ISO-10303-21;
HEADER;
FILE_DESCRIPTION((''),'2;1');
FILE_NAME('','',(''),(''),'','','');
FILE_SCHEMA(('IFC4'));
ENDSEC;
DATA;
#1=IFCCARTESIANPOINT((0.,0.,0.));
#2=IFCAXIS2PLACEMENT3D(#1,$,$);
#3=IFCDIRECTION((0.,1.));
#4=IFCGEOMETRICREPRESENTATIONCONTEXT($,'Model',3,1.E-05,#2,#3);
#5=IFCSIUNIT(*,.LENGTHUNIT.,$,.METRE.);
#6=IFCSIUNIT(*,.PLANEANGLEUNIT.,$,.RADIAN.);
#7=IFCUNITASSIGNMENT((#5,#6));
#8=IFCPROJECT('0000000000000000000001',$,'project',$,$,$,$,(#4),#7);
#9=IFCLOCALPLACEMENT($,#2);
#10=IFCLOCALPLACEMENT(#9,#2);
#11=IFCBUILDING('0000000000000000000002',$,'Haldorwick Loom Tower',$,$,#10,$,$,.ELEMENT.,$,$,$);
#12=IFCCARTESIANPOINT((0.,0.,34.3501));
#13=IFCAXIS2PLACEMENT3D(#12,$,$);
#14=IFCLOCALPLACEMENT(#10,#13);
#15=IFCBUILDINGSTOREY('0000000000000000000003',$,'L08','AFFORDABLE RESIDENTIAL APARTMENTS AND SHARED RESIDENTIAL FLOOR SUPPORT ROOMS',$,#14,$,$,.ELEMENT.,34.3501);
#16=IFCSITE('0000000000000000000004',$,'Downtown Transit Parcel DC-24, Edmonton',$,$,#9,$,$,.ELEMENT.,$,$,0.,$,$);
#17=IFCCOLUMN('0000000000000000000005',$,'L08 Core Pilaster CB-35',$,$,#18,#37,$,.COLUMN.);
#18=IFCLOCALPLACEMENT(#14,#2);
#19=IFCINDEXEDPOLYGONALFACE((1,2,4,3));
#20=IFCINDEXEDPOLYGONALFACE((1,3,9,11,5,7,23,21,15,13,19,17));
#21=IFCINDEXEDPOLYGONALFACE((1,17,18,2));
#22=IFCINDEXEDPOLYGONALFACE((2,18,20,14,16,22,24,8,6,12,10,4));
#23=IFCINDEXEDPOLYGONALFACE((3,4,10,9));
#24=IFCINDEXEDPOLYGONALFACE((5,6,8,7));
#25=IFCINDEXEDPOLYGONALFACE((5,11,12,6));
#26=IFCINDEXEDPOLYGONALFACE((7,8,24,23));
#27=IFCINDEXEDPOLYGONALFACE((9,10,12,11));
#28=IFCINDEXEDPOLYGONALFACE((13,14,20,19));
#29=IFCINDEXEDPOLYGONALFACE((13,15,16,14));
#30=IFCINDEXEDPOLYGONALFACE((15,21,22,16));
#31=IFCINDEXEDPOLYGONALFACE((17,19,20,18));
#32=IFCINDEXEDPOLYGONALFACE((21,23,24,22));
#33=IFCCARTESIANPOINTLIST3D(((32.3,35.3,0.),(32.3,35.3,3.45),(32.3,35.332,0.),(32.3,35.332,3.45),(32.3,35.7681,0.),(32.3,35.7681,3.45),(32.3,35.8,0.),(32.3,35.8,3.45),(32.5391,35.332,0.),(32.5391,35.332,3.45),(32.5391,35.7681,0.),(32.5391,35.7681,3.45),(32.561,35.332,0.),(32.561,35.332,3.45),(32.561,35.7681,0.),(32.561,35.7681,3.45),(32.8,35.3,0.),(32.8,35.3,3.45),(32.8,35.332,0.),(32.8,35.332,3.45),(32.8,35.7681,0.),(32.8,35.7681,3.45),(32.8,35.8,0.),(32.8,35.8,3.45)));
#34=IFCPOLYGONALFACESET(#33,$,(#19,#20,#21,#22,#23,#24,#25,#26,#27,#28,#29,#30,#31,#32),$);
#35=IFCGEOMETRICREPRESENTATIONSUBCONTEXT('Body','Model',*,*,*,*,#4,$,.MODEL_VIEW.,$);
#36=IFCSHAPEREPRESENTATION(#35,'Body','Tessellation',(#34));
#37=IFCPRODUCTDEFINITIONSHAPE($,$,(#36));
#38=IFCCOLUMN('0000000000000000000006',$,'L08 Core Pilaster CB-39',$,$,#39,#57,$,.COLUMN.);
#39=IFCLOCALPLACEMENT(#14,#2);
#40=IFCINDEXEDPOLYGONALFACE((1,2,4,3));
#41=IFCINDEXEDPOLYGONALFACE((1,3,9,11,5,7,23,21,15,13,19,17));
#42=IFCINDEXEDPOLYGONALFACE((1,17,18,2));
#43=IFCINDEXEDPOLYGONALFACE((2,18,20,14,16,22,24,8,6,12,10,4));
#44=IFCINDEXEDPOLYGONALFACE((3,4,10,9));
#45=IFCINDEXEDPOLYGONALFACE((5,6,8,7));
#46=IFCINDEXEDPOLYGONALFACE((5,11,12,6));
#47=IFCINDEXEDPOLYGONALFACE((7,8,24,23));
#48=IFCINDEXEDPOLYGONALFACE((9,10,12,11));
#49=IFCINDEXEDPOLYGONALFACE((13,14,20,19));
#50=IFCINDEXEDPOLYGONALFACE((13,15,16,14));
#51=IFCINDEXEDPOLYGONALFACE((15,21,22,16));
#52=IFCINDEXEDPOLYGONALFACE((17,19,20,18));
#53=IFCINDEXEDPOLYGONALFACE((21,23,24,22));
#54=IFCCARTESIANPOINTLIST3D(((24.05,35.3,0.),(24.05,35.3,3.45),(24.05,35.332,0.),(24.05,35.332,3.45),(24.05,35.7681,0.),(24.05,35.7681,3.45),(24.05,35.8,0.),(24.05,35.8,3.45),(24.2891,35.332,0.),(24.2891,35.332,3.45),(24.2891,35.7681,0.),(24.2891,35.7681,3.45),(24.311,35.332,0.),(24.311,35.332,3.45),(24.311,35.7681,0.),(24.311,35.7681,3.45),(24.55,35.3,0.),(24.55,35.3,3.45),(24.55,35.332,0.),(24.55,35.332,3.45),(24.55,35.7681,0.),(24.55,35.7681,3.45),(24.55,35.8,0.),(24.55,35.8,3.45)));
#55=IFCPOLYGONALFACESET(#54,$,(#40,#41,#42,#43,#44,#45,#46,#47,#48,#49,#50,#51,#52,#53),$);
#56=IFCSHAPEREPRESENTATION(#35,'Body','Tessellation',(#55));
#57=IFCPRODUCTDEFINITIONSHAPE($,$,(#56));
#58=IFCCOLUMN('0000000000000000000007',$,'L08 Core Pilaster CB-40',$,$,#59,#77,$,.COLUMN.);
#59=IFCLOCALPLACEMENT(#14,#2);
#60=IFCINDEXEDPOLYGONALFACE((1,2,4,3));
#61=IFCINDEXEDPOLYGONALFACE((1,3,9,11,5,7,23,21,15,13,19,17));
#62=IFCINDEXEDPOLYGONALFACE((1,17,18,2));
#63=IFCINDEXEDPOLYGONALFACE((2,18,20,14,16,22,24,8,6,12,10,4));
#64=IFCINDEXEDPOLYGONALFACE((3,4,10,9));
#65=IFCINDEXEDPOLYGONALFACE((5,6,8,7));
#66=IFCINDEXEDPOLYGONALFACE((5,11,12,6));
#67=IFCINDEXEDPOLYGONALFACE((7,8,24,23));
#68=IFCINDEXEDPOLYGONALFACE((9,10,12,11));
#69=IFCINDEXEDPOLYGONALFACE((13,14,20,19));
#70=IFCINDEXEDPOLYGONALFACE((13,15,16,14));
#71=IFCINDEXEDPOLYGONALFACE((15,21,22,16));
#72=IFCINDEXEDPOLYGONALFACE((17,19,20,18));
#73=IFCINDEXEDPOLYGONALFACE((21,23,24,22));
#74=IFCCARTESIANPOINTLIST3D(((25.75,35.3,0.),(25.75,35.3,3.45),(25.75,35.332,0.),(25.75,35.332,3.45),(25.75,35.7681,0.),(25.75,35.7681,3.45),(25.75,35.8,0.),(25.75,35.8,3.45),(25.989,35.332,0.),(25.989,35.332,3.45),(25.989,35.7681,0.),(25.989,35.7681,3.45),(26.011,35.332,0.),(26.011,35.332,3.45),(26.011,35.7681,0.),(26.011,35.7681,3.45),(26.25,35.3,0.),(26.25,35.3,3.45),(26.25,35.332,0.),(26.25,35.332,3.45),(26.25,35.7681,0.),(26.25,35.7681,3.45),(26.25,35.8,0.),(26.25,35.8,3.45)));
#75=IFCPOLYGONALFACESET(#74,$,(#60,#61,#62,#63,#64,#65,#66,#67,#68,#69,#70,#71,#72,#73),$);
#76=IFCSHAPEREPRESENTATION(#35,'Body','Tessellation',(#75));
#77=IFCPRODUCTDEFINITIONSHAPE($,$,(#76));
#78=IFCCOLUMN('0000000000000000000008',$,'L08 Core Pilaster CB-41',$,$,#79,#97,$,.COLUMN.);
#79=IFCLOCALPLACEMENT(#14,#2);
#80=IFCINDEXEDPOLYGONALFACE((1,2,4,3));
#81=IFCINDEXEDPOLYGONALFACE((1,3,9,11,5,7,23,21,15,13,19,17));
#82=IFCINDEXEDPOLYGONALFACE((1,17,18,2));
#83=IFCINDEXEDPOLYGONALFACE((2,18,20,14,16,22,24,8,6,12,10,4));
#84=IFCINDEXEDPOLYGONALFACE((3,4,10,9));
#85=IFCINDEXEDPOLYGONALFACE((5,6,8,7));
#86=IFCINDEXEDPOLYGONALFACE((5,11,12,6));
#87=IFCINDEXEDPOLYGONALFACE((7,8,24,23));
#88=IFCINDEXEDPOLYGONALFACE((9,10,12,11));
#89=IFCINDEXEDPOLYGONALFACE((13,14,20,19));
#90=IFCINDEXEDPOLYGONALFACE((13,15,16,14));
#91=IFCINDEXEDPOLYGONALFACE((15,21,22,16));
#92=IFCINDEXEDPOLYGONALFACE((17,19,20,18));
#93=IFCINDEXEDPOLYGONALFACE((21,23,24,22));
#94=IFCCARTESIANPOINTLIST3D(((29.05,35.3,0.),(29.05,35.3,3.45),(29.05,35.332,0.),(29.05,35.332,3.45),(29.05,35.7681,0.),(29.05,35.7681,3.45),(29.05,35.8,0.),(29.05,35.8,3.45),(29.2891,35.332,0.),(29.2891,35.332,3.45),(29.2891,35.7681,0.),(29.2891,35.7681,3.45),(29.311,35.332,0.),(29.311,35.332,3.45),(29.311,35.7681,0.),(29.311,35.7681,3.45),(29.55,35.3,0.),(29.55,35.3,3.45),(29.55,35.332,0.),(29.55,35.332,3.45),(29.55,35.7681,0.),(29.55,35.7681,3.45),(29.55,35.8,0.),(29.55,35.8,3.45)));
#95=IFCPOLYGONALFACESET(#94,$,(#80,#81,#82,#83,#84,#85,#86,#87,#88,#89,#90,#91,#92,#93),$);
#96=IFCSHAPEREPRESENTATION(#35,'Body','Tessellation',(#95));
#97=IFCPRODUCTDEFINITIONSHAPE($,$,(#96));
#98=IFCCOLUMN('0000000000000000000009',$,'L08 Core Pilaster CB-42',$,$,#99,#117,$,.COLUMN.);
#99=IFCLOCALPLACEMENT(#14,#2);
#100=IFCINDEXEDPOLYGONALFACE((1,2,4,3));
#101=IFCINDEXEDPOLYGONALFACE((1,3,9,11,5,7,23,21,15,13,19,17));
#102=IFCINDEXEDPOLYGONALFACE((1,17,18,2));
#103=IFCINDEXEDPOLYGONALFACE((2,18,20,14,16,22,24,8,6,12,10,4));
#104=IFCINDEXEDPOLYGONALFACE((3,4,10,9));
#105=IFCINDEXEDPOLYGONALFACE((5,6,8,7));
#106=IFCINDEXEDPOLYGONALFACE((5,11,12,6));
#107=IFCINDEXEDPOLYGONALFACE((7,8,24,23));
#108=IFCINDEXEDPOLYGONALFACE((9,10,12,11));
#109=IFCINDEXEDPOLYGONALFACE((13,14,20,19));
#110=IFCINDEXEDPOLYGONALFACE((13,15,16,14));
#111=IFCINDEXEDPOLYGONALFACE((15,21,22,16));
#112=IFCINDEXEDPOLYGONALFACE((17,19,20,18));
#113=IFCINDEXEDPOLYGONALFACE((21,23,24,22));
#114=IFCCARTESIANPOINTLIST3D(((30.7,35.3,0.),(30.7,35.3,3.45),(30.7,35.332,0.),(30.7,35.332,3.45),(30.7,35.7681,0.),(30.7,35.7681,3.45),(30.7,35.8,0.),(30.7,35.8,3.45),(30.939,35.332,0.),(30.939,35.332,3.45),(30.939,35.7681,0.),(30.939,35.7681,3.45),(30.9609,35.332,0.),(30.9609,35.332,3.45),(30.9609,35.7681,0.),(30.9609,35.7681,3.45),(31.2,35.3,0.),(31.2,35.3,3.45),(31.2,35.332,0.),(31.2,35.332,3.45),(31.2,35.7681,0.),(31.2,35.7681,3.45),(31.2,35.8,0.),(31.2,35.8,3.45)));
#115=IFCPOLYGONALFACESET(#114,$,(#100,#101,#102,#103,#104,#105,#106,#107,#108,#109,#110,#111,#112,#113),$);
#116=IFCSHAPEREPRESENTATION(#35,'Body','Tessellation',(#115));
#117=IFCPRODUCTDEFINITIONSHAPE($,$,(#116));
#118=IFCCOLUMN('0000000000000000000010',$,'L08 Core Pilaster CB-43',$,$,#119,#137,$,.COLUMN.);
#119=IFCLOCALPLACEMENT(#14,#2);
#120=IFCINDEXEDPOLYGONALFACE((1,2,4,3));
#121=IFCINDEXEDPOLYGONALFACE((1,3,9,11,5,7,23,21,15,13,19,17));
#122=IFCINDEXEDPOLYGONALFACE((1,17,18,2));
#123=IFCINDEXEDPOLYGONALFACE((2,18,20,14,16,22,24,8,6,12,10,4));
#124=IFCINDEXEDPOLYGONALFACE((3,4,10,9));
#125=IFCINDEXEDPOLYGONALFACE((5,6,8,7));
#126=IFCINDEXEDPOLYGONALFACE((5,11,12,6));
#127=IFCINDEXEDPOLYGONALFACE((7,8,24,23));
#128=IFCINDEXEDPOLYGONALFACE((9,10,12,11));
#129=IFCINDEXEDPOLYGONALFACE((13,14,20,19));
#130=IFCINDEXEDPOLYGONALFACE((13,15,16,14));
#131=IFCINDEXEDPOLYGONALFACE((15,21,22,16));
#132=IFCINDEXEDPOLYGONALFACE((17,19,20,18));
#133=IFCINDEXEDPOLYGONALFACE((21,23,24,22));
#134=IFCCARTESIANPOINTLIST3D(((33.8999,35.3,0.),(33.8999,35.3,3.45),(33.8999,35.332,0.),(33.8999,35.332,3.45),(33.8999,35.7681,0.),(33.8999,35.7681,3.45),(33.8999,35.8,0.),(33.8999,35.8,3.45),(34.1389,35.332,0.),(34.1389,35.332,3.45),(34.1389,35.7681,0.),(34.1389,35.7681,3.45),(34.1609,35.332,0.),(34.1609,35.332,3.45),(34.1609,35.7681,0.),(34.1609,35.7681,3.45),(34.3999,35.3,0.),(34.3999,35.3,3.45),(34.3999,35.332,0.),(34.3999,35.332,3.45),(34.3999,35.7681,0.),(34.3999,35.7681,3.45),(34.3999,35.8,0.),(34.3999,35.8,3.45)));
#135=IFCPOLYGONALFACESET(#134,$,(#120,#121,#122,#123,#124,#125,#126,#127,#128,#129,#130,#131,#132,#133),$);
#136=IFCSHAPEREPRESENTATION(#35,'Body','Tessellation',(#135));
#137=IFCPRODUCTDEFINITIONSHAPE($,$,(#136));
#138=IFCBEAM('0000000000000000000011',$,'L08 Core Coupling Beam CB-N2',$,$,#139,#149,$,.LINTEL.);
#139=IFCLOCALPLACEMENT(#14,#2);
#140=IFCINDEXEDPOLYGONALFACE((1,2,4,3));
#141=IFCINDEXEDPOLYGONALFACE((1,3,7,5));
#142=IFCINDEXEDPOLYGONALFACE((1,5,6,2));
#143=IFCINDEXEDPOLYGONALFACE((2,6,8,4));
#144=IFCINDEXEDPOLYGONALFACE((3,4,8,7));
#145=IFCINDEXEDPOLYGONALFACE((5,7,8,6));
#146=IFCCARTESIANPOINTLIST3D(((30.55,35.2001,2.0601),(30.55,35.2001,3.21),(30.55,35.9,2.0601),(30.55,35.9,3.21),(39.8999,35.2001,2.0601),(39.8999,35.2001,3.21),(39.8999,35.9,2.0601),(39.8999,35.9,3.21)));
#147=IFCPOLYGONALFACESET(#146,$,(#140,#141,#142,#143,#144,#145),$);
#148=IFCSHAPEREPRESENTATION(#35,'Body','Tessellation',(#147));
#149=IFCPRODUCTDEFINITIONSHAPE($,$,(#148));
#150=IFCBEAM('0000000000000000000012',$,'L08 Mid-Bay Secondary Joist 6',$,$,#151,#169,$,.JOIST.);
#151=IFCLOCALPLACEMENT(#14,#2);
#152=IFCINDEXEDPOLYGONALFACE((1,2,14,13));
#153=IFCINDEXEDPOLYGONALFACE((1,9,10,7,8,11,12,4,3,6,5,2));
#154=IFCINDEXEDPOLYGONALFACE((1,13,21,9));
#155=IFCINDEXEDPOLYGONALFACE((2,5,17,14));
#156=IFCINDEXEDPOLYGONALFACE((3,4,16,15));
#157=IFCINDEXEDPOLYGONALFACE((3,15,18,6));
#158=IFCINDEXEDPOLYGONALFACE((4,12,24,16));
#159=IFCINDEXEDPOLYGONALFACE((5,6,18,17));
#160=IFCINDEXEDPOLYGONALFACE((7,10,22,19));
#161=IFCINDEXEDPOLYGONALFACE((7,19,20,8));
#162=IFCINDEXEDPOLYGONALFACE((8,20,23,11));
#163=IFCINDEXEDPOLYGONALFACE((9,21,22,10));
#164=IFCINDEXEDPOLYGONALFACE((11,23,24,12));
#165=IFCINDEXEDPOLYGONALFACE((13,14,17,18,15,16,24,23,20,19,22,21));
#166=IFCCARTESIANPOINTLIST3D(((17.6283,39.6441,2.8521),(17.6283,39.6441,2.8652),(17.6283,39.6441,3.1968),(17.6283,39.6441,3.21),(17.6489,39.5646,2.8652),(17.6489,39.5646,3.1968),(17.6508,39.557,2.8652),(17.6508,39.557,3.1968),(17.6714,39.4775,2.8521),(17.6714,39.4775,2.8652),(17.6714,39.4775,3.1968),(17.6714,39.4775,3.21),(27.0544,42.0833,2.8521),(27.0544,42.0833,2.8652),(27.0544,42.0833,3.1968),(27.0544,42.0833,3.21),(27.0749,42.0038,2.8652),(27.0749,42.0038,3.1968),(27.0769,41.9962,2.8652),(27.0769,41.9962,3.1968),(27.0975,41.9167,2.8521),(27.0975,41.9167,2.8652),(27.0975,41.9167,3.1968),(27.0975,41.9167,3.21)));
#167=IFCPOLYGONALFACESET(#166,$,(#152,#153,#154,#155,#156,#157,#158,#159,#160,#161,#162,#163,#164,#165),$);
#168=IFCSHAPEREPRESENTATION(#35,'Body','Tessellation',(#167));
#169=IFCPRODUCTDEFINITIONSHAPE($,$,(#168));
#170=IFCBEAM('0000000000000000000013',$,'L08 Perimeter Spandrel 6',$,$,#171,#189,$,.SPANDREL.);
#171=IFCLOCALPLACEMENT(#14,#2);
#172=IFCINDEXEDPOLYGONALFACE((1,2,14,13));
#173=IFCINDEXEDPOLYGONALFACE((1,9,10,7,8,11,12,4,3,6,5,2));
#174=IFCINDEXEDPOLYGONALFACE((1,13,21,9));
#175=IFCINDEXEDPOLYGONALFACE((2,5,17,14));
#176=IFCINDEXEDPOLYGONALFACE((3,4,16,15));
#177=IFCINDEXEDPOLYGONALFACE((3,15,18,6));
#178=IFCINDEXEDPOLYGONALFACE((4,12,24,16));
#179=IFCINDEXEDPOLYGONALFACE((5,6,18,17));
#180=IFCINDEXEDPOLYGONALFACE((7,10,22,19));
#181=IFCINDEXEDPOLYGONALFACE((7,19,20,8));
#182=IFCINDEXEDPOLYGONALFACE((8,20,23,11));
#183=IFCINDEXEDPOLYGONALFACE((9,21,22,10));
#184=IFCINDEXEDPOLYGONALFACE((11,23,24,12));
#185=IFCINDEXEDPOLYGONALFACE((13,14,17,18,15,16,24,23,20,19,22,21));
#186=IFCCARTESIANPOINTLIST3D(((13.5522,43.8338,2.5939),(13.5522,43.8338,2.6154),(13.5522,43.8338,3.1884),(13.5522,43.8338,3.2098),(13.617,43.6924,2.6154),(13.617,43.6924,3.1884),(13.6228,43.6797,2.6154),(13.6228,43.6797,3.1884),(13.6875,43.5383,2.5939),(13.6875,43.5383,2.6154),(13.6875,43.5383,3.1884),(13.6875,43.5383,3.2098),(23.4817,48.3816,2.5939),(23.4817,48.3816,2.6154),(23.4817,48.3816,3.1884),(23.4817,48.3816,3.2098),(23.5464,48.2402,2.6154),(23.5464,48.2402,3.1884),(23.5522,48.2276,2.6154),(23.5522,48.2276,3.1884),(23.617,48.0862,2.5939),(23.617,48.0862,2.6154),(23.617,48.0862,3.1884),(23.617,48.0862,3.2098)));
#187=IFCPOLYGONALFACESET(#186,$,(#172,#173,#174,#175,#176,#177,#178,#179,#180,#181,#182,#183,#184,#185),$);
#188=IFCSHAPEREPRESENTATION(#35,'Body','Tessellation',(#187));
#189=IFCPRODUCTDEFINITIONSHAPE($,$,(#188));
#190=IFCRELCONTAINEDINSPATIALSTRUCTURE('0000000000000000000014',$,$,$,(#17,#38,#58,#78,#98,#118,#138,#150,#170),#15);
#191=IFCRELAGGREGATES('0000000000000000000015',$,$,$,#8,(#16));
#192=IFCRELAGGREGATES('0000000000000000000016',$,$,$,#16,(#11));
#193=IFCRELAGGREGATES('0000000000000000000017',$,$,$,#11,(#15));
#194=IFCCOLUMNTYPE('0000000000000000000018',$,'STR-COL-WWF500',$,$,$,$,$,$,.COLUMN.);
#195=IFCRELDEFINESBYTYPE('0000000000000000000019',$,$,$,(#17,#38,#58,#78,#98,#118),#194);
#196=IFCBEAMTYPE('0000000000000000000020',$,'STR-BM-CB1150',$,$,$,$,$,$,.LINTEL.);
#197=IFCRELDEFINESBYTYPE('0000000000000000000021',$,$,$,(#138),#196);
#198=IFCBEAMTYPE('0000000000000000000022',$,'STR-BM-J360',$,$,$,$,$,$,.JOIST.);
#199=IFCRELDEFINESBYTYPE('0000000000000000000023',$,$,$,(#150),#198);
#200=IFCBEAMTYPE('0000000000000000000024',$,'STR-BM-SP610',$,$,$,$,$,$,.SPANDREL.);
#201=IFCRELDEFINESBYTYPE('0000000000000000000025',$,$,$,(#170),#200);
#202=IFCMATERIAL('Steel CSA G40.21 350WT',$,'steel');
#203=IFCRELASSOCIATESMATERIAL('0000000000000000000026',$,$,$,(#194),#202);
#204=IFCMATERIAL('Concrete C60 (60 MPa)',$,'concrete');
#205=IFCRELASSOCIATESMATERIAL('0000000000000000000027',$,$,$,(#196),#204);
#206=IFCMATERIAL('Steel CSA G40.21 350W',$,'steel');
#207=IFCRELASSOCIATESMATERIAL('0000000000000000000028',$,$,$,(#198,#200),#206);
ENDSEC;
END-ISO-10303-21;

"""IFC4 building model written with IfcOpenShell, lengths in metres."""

from ifc_helpers import new_model, si_unit, direction, frame, origin, origin_2d, place, context, subcontext, project, spatial, rectangle, i_section, extrude, material, material_profile, profile_set, type_object, element, save


model = new_model("IFC4")

# Units and contexts
model_context = context("Model", 3, precision=1e-05, world=origin(), true_north=direction((0.0, 1.0)))
body_context = subcontext(model_context, "Body", "Model", "MODEL_VIEW")
ifc_project = project(units=[si_unit("LENGTHUNIT", "METRE"), si_unit("PLANEANGLEUNIT", "RADIAN")], contexts=[model_context])

# Site, building, storey
site_placement = place(None, origin())
site = spatial("IfcSite", under=ifc_project, at=site_placement, Name="Downtown Transit Parcel DC-24, Edmonton", CompositionType="ELEMENT", RefElevation=0.0)
building_placement = place(site_placement, origin())
building = spatial("IfcBuilding", under=site, at=building_placement, Name="Haldorwick Loom Tower", CompositionType="ELEMENT")
storey_placement = place(building_placement, frame((0.0, 0.0, 34.3501)))
storey = spatial("IfcBuildingStorey", under=building, at=storey_placement, Name="L08", Description="AFFORDABLE RESIDENTIAL APARTMENTS AND SHARED RESIDENTIAL FLOOR SUPPORT ROOMS", CompositionType="ELEMENT", Elevation=34.3501)

# Columns
ifc_material_1 = material(Name="Concrete C60 (60 MPa)", Category="concrete")
ifc_material_2 = material(Name="Steel CSA G40.21 350WT", Category="steel")
ifc_material_profile_1 = material_profile(ifc_material_2, i_section(OverallWidth=0.5, OverallDepth=0.5, WebThickness=0.022, FlangeThickness=0.032, at=origin_2d()), Name="WWF500X500", Category="steel")
ifc_profile_set_1 = profile_set([ifc_material_profile_1], Name="Steel CSA G40.21 350WT")
column_type_1 = type_object("IfcColumnType", Name="STR-COL-WWF500", PredefinedType="COLUMN", material=ifc_profile_set_1)
for number, where, z_axis, x_axis, name in (
    (1, (32.55, 35.55, 0.0), (0.0, 0.0, 1.0), (1.0, 0.0, 0.0), "L08 Core Pilaster CB-35"),
    (2, (24.3, 35.55, 0.0), (0.0, 0.0, 1.0), (1.0, 0.0, 0.0), "L08 Core Pilaster CB-39"),
    (3, (26.0, 35.55, 0.0), (0.0, 0.0, 1.0), (1.0, 0.0, 0.0), "L08 Core Pilaster CB-40"),
    (4, (29.3, 35.55, 0.0), (0.0, 0.0, 1.0), (1.0, 0.0, 0.0), "L08 Core Pilaster CB-41"),
    (5, (30.95, 35.55, 0.0), (0.0, 0.0, 1.0), (1.0, 0.0, 0.0), "L08 Core Pilaster CB-42"),
    (6, (34.1499, 35.55, 0.0), (0.0, 0.0, 1.0), (1.0, 0.0, 0.0), "L08 Core Pilaster CB-43"),
):
    element("IfcColumn", number, at=place(storey_placement, frame(where, z_axis=z_axis, x_axis=x_axis)), inside=storey, type_object=column_type_1, Name=name, PredefinedType="COLUMN", context=body_context, shape_type="SweptSolid", body=[
        extrude(i_section(OverallWidth=0.5, OverallDepth=0.5, WebThickness=0.022, FlangeThickness=0.032, at=origin_2d()), origin(), (0.0, 0.0, 1.0), 3.45),
    ])

# Beams
ifc_material_profile_2 = material_profile(ifc_material_1, rectangle(XDim=0.7, YDim=1.1499, at=origin_2d()), Name="RC700X1150", Category="concrete")
ifc_profile_set_2 = profile_set([ifc_material_profile_2], Name="Concrete C60 (60 MPa)")
beam_type_1 = type_object("IfcBeamType", Name="STR-BM-CB1150", PredefinedType="LINTEL", material=ifc_profile_set_2)
beam_1_placement = place(storey_placement, frame((30.55, 35.55, 2.635), z_axis=(1.0, 0.0, 0.0), x_axis=(0.0, 1.0, 0.0)))
element("IfcBeam", 7, at=beam_1_placement, inside=storey, type_object=beam_type_1, Name="L08 Core Coupling Beam CB-N2", PredefinedType="LINTEL", context=body_context, shape_type="SweptSolid", body=[
    extrude(rectangle(XDim=0.7, YDim=1.1499, at=origin_2d()), origin(), (0.0, 0.0, 1.0), 9.3499),
])
ifc_material_3 = material(Name="Steel CSA G40.21 350W", Category="steel")
ifc_material_profile_3 = material_profile(ifc_material_3, i_section(OverallWidth=0.1721, OverallDepth=0.3579, WebThickness=0.0078, FlangeThickness=0.0132, at=origin_2d()), Name="W360X57", Category="steel")
ifc_profile_set_3 = profile_set([ifc_material_profile_3], Name="Steel CSA G40.21 350W")
beam_type_2 = type_object("IfcBeamType", Name="STR-BM-J360", PredefinedType="JOIST", material=ifc_profile_set_3)
beam_2_placement = place(storey_placement, frame((27.0759, 42.0, 3.031), z_axis=(-0.968111, -0.250522, 0.0), x_axis=(0.250522, -0.968111, 0.0)))
element("IfcBeam", 8, at=beam_2_placement, inside=storey, type_object=beam_type_2, Name="L08 Mid-Bay Secondary Joist 6", PredefinedType="JOIST", context=body_context, shape_type="SweptSolid", body=[
    extrude(i_section(OverallWidth=0.1721, OverallDepth=0.3579, WebThickness=0.0078, FlangeThickness=0.0132, at=origin_2d()), origin(), (0.0, 0.0, 1.0), 9.7366),
])
ifc_material_profile_4 = material_profile(ifc_material_3, i_section(OverallWidth=0.325, OverallDepth=0.616, WebThickness=0.0139, FlangeThickness=0.0215, at=origin_2d()), Name="W610X174", Category="steel")
ifc_profile_set_4 = profile_set([ifc_material_profile_4], Name="Steel CSA G40.21 350W")
beam_type_3 = type_object("IfcBeamType", Name="STR-BM-SP610", PredefinedType="SPANDREL", material=ifc_profile_set_4)
beam_3_placement = place(storey_placement, frame((23.5493, 48.2339, 2.9019), z_axis=(-0.909174, -0.416417, 0.0), x_axis=(0.416417, -0.909174, 0.0)))
element("IfcBeam", 9, at=beam_3_placement, inside=storey, type_object=beam_type_3, Name="L08 Perimeter Spandrel 6", PredefinedType="SPANDREL", context=body_context, shape_type="SweptSolid", body=[
    extrude(i_section(OverallWidth=0.325, OverallDepth=0.616, WebThickness=0.0139, FlangeThickness=0.0215, at=origin_2d()), origin(), (0.0, 0.0, 1.0), 10.9214),
])

save(model, "model.ifc")
